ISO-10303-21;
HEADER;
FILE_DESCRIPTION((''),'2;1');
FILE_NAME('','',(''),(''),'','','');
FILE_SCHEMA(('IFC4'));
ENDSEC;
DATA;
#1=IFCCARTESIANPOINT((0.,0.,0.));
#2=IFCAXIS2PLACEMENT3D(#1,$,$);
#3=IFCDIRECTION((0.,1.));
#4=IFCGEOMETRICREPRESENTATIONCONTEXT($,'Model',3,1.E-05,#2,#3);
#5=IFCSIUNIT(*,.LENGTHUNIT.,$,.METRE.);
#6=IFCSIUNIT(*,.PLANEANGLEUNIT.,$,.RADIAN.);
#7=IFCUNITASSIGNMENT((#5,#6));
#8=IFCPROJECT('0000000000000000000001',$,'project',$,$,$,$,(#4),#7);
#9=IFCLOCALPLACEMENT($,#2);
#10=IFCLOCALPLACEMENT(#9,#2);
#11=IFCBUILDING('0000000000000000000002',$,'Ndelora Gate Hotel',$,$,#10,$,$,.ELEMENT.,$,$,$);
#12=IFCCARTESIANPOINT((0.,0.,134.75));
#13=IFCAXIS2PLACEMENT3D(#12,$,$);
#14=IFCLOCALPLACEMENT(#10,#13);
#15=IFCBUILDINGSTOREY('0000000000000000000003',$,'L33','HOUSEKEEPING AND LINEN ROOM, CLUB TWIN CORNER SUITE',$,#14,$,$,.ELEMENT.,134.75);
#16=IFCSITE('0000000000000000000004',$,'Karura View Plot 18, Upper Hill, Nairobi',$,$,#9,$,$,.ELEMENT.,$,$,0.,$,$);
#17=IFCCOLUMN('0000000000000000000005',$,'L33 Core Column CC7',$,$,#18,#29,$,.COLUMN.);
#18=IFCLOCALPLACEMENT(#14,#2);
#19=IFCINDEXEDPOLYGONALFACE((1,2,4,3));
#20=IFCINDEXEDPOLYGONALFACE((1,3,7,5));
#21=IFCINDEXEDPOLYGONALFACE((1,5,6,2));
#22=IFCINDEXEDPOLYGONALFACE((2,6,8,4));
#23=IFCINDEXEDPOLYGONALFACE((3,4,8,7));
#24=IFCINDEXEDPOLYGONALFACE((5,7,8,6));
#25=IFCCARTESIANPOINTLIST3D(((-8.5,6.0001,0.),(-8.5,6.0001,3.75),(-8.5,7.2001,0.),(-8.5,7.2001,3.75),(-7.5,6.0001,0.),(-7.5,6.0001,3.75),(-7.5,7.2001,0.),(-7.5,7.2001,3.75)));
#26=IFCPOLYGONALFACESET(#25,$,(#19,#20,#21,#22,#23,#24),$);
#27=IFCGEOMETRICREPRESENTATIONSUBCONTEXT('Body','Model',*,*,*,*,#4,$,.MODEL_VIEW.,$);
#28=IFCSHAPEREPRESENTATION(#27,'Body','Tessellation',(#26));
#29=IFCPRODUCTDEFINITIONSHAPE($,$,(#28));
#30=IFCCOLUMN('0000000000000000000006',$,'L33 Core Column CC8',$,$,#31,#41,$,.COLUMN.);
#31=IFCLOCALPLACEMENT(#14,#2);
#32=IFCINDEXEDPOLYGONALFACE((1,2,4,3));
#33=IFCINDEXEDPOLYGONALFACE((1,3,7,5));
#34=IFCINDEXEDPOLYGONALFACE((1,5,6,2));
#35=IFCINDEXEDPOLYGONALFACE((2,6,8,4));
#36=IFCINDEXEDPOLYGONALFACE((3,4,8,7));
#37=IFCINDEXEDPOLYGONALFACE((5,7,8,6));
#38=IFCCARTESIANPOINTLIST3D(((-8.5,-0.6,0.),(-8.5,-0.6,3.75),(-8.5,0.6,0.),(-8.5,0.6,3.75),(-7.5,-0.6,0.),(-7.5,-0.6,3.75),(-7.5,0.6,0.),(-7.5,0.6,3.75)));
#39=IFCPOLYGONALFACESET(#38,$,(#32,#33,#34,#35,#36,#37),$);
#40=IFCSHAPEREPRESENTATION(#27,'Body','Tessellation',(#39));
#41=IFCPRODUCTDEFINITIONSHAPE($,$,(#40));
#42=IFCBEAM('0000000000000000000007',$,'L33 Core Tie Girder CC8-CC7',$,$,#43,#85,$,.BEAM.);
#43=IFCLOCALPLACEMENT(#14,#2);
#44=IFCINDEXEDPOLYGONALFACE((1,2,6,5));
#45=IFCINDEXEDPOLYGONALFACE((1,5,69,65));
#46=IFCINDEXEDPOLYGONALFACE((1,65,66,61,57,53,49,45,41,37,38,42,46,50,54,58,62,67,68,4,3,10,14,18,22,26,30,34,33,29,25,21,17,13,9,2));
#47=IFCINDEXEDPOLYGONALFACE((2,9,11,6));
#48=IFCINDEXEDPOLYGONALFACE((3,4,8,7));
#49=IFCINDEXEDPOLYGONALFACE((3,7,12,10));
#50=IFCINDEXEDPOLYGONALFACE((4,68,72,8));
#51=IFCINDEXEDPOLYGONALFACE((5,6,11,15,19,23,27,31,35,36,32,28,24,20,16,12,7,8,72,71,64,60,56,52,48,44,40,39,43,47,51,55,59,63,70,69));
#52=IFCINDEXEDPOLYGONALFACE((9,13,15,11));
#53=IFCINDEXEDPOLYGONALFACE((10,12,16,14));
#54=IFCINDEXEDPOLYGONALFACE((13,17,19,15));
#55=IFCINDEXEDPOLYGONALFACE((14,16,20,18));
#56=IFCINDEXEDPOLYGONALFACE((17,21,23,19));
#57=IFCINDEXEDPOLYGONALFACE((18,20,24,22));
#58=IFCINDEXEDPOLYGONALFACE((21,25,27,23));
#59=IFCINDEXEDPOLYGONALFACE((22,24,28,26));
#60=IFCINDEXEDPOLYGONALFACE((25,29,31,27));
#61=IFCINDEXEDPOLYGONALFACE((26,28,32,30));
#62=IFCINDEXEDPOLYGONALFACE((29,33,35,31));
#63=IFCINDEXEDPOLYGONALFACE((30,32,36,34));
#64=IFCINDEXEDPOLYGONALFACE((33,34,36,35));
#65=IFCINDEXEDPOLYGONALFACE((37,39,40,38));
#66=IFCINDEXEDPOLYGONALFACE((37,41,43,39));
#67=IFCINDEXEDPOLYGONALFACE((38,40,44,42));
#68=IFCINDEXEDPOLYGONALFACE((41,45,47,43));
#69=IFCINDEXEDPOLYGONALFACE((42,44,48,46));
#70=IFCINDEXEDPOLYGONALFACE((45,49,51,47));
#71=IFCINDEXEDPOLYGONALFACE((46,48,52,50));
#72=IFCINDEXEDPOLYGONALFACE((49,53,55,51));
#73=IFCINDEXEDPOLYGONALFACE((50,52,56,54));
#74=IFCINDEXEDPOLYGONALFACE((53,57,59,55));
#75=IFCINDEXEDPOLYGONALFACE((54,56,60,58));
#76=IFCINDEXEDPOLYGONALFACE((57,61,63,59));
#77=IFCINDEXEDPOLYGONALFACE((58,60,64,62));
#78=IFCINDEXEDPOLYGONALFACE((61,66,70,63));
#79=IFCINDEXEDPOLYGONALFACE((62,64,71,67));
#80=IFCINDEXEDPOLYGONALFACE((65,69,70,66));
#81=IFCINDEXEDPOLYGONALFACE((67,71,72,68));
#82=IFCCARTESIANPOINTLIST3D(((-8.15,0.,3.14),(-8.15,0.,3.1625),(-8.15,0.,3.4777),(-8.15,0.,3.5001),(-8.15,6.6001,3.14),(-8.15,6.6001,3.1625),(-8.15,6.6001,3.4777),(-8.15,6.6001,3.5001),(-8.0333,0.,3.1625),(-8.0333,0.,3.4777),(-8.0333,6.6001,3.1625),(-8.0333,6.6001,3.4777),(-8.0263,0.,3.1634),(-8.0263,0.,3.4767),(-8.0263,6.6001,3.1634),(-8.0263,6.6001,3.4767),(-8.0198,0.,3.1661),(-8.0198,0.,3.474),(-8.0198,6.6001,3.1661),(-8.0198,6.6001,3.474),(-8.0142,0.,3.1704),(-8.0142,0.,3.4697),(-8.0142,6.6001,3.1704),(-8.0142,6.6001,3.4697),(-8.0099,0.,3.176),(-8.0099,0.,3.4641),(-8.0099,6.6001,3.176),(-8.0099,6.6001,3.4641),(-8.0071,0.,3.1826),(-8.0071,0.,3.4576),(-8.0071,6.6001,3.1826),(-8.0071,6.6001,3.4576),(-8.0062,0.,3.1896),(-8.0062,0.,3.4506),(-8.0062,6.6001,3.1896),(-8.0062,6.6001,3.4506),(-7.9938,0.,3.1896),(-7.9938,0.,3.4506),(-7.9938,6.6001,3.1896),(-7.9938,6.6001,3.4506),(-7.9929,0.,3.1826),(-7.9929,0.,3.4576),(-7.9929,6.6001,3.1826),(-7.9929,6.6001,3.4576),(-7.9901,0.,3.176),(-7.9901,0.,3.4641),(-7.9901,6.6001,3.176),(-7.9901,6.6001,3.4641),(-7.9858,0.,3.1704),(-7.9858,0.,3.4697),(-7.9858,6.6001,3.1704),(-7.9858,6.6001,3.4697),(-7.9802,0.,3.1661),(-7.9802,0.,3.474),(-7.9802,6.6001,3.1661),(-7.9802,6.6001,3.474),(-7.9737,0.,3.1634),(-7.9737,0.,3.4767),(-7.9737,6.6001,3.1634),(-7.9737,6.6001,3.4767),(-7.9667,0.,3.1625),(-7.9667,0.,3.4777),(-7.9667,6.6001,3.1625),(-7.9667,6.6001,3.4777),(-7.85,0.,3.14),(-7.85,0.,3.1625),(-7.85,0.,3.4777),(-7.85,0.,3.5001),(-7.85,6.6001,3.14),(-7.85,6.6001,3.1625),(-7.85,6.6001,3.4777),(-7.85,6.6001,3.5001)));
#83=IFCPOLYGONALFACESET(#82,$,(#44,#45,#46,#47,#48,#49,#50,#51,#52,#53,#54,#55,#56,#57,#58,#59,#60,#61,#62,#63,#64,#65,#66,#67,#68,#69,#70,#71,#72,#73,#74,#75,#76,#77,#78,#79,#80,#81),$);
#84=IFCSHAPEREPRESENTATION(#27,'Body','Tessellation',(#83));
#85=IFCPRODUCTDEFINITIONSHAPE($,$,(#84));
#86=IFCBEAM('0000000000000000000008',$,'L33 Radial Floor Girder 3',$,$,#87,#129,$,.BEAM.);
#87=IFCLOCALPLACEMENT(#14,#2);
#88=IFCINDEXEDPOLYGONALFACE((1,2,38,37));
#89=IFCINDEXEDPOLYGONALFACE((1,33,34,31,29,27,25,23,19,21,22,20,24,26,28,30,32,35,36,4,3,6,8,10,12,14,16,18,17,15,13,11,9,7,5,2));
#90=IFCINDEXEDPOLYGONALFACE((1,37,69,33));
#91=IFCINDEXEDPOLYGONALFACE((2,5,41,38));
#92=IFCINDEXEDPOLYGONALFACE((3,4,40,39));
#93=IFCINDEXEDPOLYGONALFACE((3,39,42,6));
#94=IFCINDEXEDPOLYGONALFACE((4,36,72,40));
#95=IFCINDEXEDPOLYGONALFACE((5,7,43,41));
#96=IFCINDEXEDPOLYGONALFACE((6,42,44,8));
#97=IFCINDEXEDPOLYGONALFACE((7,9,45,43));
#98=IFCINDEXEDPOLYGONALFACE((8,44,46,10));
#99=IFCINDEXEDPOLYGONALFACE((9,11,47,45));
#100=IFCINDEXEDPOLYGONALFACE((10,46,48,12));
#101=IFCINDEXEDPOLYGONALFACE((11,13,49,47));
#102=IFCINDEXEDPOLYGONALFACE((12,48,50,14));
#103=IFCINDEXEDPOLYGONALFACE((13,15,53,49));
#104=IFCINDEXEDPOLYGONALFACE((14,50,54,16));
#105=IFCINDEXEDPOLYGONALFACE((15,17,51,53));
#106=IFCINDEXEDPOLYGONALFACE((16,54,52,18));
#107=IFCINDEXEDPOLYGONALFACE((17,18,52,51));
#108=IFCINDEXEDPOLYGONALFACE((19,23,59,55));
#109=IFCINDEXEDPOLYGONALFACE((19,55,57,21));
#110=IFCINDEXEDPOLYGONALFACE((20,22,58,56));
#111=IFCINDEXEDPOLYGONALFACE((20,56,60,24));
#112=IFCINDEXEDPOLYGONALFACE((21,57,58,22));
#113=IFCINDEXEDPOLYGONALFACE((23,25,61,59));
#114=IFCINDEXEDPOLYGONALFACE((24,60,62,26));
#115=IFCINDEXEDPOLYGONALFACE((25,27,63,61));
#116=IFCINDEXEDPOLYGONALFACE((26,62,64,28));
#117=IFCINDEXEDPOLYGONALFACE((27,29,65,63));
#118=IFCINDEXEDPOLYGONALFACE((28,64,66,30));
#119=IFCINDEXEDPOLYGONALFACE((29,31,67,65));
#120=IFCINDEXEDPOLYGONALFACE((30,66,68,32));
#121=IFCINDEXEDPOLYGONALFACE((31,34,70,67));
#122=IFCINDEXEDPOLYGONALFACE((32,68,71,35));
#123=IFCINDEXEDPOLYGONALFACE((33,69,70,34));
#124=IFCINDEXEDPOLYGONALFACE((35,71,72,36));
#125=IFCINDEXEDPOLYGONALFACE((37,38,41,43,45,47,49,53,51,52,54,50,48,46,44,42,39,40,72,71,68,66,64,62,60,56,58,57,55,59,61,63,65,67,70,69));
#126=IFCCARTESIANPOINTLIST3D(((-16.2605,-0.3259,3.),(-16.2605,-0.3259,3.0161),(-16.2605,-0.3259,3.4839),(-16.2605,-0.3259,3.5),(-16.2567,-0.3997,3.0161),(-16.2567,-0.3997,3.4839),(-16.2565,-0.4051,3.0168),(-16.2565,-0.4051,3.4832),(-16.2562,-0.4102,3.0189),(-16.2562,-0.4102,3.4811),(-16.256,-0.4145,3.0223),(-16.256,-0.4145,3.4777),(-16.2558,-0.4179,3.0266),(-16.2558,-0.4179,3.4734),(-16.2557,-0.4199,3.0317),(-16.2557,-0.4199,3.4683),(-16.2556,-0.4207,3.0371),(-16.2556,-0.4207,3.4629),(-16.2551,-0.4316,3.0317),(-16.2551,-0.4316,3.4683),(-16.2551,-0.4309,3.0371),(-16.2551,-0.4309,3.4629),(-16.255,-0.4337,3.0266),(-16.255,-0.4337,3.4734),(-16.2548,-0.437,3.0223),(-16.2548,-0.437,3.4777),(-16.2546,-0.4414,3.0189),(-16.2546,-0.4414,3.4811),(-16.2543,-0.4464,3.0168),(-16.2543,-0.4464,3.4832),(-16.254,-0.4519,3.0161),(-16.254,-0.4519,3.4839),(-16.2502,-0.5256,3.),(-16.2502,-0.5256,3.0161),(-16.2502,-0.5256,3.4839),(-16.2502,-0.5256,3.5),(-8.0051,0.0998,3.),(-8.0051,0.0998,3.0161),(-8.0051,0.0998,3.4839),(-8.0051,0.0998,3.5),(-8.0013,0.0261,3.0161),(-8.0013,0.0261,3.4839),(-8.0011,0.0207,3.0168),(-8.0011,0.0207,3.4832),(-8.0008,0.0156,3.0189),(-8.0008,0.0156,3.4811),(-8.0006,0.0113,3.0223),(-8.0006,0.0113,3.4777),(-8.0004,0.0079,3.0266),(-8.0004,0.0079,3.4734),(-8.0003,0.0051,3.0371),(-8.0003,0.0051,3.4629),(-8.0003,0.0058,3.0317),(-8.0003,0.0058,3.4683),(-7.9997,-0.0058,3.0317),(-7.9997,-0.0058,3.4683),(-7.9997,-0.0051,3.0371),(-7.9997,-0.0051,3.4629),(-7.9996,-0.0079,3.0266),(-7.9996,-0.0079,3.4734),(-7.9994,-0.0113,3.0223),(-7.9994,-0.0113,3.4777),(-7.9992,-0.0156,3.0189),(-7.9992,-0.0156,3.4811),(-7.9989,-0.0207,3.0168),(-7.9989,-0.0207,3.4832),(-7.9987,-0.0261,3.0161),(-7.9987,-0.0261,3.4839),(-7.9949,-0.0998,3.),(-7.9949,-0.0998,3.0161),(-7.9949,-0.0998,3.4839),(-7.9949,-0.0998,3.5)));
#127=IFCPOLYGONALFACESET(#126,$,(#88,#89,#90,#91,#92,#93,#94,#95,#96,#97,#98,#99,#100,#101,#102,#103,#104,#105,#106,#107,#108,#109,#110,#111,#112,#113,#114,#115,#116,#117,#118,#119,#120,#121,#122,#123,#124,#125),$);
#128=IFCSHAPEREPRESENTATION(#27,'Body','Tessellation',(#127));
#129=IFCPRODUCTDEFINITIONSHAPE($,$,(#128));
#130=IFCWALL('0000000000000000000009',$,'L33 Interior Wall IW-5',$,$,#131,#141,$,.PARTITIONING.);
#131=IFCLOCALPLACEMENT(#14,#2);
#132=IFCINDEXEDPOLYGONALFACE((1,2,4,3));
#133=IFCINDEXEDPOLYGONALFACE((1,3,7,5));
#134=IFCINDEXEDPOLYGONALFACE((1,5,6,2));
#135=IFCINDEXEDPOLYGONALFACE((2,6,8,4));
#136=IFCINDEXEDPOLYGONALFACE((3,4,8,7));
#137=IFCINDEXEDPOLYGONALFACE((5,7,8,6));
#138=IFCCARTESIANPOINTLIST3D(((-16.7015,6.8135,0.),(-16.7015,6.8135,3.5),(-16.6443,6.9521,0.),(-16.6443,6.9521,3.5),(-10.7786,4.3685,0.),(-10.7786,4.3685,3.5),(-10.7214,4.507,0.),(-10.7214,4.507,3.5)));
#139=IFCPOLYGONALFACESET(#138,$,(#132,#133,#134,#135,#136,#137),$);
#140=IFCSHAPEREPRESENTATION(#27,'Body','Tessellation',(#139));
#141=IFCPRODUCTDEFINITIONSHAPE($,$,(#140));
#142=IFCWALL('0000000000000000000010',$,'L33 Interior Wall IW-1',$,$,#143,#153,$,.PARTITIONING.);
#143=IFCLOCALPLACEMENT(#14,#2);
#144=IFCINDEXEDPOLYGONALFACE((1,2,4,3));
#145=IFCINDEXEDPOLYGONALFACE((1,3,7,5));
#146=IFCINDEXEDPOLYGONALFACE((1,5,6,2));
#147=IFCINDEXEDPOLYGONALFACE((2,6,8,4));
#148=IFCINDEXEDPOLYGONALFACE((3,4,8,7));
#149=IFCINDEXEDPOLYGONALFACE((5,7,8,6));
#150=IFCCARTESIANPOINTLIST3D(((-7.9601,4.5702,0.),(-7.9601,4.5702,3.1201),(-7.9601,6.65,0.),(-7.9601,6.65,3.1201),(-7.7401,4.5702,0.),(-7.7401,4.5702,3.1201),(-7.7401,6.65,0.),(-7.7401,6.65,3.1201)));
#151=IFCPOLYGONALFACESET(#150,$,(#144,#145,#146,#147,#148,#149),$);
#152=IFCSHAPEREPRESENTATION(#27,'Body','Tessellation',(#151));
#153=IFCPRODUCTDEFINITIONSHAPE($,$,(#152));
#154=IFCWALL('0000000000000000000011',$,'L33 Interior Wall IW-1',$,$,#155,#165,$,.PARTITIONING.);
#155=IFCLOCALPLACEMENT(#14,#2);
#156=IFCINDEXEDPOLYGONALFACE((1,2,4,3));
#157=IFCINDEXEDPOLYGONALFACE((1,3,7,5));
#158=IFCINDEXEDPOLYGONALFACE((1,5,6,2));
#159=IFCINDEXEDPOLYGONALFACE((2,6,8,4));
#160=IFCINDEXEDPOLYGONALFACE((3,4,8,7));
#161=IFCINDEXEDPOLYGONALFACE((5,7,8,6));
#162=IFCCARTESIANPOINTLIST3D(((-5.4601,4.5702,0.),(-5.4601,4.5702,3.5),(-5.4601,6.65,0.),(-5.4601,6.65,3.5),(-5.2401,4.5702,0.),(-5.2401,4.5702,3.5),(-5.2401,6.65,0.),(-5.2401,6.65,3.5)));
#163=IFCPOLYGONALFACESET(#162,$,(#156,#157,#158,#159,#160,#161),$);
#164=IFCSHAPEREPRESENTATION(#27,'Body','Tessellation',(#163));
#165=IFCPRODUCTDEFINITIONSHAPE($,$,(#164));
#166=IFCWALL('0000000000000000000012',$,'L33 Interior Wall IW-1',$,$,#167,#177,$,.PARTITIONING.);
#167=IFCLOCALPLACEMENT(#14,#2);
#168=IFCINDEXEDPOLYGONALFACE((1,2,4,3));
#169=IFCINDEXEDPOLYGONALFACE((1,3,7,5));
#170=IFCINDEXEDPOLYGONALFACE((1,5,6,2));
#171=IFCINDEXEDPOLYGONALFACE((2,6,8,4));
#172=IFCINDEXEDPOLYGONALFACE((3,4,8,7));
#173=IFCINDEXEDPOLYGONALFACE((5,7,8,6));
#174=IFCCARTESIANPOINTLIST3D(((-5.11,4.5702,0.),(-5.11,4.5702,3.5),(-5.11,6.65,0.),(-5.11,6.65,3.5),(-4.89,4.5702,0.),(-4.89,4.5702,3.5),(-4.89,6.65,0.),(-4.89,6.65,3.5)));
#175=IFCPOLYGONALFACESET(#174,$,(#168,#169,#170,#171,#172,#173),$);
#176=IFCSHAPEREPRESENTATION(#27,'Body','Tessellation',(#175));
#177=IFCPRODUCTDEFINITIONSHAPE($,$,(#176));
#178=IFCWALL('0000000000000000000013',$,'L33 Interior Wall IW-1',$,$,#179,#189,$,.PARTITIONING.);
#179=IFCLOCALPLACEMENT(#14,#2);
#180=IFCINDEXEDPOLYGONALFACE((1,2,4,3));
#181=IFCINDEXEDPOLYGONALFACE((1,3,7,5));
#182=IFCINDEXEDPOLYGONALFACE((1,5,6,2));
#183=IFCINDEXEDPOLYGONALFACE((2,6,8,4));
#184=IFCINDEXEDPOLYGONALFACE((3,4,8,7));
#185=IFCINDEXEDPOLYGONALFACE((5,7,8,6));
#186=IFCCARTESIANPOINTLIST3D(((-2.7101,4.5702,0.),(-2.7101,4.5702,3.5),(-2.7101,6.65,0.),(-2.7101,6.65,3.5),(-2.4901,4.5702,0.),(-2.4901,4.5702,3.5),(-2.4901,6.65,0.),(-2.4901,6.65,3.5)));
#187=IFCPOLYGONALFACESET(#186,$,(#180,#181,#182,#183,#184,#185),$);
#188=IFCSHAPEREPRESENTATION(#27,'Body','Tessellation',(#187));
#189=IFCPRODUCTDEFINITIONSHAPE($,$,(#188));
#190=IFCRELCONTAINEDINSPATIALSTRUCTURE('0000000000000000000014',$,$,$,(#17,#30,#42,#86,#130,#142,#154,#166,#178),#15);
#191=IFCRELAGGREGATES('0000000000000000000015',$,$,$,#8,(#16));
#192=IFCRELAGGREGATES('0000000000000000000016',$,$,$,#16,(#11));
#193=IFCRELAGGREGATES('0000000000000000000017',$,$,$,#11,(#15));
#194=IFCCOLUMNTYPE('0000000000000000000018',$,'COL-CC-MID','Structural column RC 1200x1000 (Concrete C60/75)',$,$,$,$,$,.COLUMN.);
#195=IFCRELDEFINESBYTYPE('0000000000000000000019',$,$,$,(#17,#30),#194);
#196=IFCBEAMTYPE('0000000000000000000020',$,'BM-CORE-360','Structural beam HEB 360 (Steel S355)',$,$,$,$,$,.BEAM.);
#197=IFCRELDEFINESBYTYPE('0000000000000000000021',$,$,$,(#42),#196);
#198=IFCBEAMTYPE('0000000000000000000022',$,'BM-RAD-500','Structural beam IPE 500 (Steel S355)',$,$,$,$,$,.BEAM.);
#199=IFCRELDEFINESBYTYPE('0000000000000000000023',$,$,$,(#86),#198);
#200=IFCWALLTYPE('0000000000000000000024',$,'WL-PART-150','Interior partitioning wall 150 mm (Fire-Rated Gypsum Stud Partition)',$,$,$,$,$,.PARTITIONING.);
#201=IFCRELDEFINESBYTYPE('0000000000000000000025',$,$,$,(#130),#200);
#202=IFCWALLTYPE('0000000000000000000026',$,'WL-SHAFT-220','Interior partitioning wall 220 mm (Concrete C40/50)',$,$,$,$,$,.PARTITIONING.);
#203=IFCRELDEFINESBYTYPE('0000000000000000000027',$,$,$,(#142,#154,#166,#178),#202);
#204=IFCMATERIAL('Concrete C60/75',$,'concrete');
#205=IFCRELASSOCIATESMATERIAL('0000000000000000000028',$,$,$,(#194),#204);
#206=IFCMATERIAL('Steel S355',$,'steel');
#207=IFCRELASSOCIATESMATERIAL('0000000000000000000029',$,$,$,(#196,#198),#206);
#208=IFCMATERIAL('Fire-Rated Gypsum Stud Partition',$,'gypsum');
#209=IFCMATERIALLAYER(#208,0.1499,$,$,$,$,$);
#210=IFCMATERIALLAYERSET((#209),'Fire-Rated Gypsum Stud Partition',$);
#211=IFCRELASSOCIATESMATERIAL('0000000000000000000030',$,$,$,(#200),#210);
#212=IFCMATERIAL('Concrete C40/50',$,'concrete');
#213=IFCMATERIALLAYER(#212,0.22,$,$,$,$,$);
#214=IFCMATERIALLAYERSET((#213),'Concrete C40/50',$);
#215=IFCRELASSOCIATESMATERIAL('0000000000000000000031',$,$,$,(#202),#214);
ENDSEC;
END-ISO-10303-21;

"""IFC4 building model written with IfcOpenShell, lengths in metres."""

from ifc_helpers import new_model, si_unit, direction, frame, frame_2d, origin, origin_2d, place, context, subcontext, project, spatial, rectangle, i_section, extrude, material, layer, layer_set, material_profile, profile_set, type_object, element, save


model = new_model("IFC4")

# Units and contexts
model_context = context("Model", 3, precision=1e-05, world=origin(), true_north=direction((0.0, 1.0)))
body_context = subcontext(model_context, "Body", "Model", "MODEL_VIEW")
ifc_project = project(units=[si_unit("LENGTHUNIT", "METRE"), si_unit("PLANEANGLEUNIT", "RADIAN")], contexts=[model_context])

# Site, building, storey
site_placement = place(None, origin())
site = spatial("IfcSite", under=ifc_project, at=site_placement, Name="Karura View Plot 18, Upper Hill, Nairobi", CompositionType="ELEMENT", RefElevation=0.0)
building_placement = place(site_placement, origin())
building = spatial("IfcBuilding", under=site, at=building_placement, Name="Ndelora Gate Hotel", CompositionType="ELEMENT")
storey_placement = place(building_placement, frame((0.0, 0.0, 134.75)))
storey = spatial("IfcBuildingStorey", under=building, at=storey_placement, Name="L33", Description="HOUSEKEEPING AND LINEN ROOM, CLUB TWIN CORNER SUITE", CompositionType="ELEMENT", Elevation=134.75)

# Columns
ifc_material_1 = material(Name="Concrete C60/75", Category="concrete")
ifc_material_profile_1 = material_profile(ifc_material_1, rectangle(XDim=1.0, YDim=1.2, at=origin_2d()), Name="RC 1200x1000")
ifc_profile_set_1 = profile_set([ifc_material_profile_1], Name="Concrete C60/75")
column_type = type_object("IfcColumnType", Name="COL-CC-MID", Description="Structural column RC 1200x1000 (Concrete C60/75)", PredefinedType="COLUMN", material=ifc_profile_set_1)
for number, where, z_axis, x_axis, name in (
    (1, (-8.0, 6.6001, 0.0), (0.0, 0.0, 1.0), (1.0, 0.0, 0.0), "L33 Core Column CC7"),
    (2, (-8.0, 0.0, 0.0), (0.0, 0.0, 1.0), (1.0, 0.0, 0.0), "L33 Core Column CC8"),
):
    element("IfcColumn", number, at=place(storey_placement, frame(where, z_axis=z_axis, x_axis=x_axis)), inside=storey, type_object=column_type, Name=name, PredefinedType="COLUMN", context=body_context, shape_type="SweptSolid", body=[
        extrude(rectangle(XDim=1.0, YDim=1.2, at=origin_2d()), origin(), (0.0, 0.0, 1.0), 3.75),
    ])

# Beams
ifc_material_2 = material(Name="Steel S355", Category="steel")
ifc_material_profile_2 = material_profile(ifc_material_2, i_section(OverallWidth=0.3, OverallDepth=0.3601, WebThickness=0.0125, FlangeThickness=0.0225, FilletRadius=0.0271, at=origin_2d()), Name="HEB 360")
ifc_profile_set_2 = profile_set([ifc_material_profile_2], Name="Steel S355")
beam_type_1 = type_object("IfcBeamType", Name="BM-CORE-360", Description="Structural beam HEB 360 (Steel S355)", PredefinedType="BEAM", material=ifc_profile_set_2)
beam_1_placement = place(storey_placement, frame((-8.0, 0.0, 3.3201), z_axis=(0.0, 1.0, 0.0), x_axis=(-1.0, 0.0, 0.0)))
element("IfcBeam", 3, at=beam_1_placement, inside=storey, type_object=beam_type_1, Name="L33 Core Tie Girder CC8-CC7", PredefinedType="BEAM", context=body_context, shape_type="SweptSolid", body=[
    extrude(i_section(OverallWidth=0.3, OverallDepth=0.3601, WebThickness=0.0125, FlangeThickness=0.0225, FilletRadius=0.0271, at=origin_2d()), origin(), (0.0, 0.0, 1.0), 6.6001),
])
ifc_material_profile_3 = material_profile(ifc_material_2, i_section(OverallWidth=0.2, OverallDepth=0.5, WebThickness=0.0103, FlangeThickness=0.0161, FilletRadius=0.021, at=origin_2d()), Name="IPE 500")
ifc_profile_set_3 = profile_set([ifc_material_profile_3], Name="Steel S355")
beam_type_2 = type_object("IfcBeamType", Name="BM-RAD-500", Description="Structural beam IPE 500 (Steel S355)", PredefinedType="BEAM", material=ifc_profile_set_3)
beam_2_placement = place(storey_placement, frame((-8.0, 0.0, 3.25), z_axis=(-0.998673, -0.051508, 0.0), x_axis=(0.051508, -0.998673, 0.0)))
element("IfcBeam", 4, at=beam_2_placement, inside=storey, type_object=beam_type_2, Name="L33 Radial Floor Girder 3", PredefinedType="BEAM", context=body_context, shape_type="SweptSolid", body=[
    extrude(i_section(OverallWidth=0.2, OverallDepth=0.5, WebThickness=0.0103, FlangeThickness=0.0161, FilletRadius=0.021, at=origin_2d()), origin(), (0.0, 0.0, 1.0), 8.2664),
])

# Shared definitions
ifc_material_3 = material(Name="Concrete C40/50", Category="concrete")

# Wall
ifc_material_4 = material(Name="Fire-Rated Gypsum Stud Partition", Category="gypsum")
ifc_layer_1 = layer(ifc_material_4, 0.1499)
ifc_layer_set_1 = layer_set([ifc_layer_1], Name="Fire-Rated Gypsum Stud Partition")
wall_type_1 = type_object("IfcWallType", Name="WL-PART-150", Description="Interior partitioning wall 150 mm (Fire-Rated Gypsum Stud Partition)", PredefinedType="PARTITIONING", material=ifc_layer_set_1)
wall_1_placement = place(storey_placement, frame((-10.75, 4.4377, 0.0), z_axis=(0.0, 0.0, 1.0), x_axis=(-0.924334, 0.381583, 0.0)))
element("IfcWall", 5, at=wall_1_placement, inside=storey, type_object=wall_type_1, Name="L33 Interior Wall IW-5", PredefinedType="PARTITIONING", context=body_context, shape_type="SweptSolid", body=[
    extrude(rectangle(XDim=6.4077, YDim=0.1499, at=frame_2d((3.2039, 0.0))), origin(), (0.0, 0.0, 1.0), 3.5),
])

# Shared definitions
ifc_layer_2 = layer(ifc_material_3, 0.22)
ifc_layer_set_2 = layer_set([ifc_layer_2], Name="Concrete C40/50")
wall_type_2 = type_object("IfcWallType", Name="WL-SHAFT-220", Description="Interior partitioning wall 220 mm (Concrete C40/50)", PredefinedType="PARTITIONING", material=ifc_layer_set_2)

# Walls
wall_2_placement = place(storey_placement, frame((-7.8501, 4.5701, 0.0), z_axis=(0.0, 0.0, 1.0), x_axis=(0.0, 1.0, 0.0)))
element("IfcWall", 6, at=wall_2_placement, inside=storey, type_object=wall_type_2, Name="L33 Interior Wall IW-1", PredefinedType="PARTITIONING", context=body_context, shape_type="SweptSolid", body=[
    extrude(rectangle(XDim=2.0798, YDim=0.22, at=frame_2d((1.04, 0.0))), origin(), (0.0, 0.0, 1.0), 3.1201),
])
wall_3_placement = place(storey_placement, frame((-5.3501, 4.5701, 0.0), z_axis=(0.0, 0.0, 1.0), x_axis=(0.0, 1.0, 0.0)))
element("IfcWall", 7, at=wall_3_placement, inside=storey, type_object=wall_type_2, Name="L33 Interior Wall IW-1", PredefinedType="PARTITIONING", context=body_context, shape_type="SweptSolid", body=[
    extrude(rectangle(XDim=2.0798, YDim=0.22, at=frame_2d((1.04, 0.0))), origin(), (0.0, 0.0, 1.0), 3.5),
])

# Walls
for number, where, z_axis, x_axis, name in (
    (8, (-5.0, 4.5701, 0.0), (0.0, 0.0, 1.0), (0.0, 1.0, 0.0), "L33 Interior Wall IW-1"),
    (9, (-2.6001, 4.5701, 0.0), (0.0, 0.0, 1.0), (0.0, 1.0, 0.0), "L33 Interior Wall IW-1"),
):
    element("IfcWall", number, at=place(storey_placement, frame(where, z_axis=z_axis, x_axis=x_axis)), inside=storey, type_object=wall_type_2, Name=name, PredefinedType="PARTITIONING", context=body_context, shape_type="SweptSolid", body=[
        extrude(rectangle(XDim=2.0798, YDim=0.22, at=frame_2d((1.04, 0.0))), origin(), (0.0, 0.0, 1.0), 3.5),
    ])

save(model, "model.ifc")
